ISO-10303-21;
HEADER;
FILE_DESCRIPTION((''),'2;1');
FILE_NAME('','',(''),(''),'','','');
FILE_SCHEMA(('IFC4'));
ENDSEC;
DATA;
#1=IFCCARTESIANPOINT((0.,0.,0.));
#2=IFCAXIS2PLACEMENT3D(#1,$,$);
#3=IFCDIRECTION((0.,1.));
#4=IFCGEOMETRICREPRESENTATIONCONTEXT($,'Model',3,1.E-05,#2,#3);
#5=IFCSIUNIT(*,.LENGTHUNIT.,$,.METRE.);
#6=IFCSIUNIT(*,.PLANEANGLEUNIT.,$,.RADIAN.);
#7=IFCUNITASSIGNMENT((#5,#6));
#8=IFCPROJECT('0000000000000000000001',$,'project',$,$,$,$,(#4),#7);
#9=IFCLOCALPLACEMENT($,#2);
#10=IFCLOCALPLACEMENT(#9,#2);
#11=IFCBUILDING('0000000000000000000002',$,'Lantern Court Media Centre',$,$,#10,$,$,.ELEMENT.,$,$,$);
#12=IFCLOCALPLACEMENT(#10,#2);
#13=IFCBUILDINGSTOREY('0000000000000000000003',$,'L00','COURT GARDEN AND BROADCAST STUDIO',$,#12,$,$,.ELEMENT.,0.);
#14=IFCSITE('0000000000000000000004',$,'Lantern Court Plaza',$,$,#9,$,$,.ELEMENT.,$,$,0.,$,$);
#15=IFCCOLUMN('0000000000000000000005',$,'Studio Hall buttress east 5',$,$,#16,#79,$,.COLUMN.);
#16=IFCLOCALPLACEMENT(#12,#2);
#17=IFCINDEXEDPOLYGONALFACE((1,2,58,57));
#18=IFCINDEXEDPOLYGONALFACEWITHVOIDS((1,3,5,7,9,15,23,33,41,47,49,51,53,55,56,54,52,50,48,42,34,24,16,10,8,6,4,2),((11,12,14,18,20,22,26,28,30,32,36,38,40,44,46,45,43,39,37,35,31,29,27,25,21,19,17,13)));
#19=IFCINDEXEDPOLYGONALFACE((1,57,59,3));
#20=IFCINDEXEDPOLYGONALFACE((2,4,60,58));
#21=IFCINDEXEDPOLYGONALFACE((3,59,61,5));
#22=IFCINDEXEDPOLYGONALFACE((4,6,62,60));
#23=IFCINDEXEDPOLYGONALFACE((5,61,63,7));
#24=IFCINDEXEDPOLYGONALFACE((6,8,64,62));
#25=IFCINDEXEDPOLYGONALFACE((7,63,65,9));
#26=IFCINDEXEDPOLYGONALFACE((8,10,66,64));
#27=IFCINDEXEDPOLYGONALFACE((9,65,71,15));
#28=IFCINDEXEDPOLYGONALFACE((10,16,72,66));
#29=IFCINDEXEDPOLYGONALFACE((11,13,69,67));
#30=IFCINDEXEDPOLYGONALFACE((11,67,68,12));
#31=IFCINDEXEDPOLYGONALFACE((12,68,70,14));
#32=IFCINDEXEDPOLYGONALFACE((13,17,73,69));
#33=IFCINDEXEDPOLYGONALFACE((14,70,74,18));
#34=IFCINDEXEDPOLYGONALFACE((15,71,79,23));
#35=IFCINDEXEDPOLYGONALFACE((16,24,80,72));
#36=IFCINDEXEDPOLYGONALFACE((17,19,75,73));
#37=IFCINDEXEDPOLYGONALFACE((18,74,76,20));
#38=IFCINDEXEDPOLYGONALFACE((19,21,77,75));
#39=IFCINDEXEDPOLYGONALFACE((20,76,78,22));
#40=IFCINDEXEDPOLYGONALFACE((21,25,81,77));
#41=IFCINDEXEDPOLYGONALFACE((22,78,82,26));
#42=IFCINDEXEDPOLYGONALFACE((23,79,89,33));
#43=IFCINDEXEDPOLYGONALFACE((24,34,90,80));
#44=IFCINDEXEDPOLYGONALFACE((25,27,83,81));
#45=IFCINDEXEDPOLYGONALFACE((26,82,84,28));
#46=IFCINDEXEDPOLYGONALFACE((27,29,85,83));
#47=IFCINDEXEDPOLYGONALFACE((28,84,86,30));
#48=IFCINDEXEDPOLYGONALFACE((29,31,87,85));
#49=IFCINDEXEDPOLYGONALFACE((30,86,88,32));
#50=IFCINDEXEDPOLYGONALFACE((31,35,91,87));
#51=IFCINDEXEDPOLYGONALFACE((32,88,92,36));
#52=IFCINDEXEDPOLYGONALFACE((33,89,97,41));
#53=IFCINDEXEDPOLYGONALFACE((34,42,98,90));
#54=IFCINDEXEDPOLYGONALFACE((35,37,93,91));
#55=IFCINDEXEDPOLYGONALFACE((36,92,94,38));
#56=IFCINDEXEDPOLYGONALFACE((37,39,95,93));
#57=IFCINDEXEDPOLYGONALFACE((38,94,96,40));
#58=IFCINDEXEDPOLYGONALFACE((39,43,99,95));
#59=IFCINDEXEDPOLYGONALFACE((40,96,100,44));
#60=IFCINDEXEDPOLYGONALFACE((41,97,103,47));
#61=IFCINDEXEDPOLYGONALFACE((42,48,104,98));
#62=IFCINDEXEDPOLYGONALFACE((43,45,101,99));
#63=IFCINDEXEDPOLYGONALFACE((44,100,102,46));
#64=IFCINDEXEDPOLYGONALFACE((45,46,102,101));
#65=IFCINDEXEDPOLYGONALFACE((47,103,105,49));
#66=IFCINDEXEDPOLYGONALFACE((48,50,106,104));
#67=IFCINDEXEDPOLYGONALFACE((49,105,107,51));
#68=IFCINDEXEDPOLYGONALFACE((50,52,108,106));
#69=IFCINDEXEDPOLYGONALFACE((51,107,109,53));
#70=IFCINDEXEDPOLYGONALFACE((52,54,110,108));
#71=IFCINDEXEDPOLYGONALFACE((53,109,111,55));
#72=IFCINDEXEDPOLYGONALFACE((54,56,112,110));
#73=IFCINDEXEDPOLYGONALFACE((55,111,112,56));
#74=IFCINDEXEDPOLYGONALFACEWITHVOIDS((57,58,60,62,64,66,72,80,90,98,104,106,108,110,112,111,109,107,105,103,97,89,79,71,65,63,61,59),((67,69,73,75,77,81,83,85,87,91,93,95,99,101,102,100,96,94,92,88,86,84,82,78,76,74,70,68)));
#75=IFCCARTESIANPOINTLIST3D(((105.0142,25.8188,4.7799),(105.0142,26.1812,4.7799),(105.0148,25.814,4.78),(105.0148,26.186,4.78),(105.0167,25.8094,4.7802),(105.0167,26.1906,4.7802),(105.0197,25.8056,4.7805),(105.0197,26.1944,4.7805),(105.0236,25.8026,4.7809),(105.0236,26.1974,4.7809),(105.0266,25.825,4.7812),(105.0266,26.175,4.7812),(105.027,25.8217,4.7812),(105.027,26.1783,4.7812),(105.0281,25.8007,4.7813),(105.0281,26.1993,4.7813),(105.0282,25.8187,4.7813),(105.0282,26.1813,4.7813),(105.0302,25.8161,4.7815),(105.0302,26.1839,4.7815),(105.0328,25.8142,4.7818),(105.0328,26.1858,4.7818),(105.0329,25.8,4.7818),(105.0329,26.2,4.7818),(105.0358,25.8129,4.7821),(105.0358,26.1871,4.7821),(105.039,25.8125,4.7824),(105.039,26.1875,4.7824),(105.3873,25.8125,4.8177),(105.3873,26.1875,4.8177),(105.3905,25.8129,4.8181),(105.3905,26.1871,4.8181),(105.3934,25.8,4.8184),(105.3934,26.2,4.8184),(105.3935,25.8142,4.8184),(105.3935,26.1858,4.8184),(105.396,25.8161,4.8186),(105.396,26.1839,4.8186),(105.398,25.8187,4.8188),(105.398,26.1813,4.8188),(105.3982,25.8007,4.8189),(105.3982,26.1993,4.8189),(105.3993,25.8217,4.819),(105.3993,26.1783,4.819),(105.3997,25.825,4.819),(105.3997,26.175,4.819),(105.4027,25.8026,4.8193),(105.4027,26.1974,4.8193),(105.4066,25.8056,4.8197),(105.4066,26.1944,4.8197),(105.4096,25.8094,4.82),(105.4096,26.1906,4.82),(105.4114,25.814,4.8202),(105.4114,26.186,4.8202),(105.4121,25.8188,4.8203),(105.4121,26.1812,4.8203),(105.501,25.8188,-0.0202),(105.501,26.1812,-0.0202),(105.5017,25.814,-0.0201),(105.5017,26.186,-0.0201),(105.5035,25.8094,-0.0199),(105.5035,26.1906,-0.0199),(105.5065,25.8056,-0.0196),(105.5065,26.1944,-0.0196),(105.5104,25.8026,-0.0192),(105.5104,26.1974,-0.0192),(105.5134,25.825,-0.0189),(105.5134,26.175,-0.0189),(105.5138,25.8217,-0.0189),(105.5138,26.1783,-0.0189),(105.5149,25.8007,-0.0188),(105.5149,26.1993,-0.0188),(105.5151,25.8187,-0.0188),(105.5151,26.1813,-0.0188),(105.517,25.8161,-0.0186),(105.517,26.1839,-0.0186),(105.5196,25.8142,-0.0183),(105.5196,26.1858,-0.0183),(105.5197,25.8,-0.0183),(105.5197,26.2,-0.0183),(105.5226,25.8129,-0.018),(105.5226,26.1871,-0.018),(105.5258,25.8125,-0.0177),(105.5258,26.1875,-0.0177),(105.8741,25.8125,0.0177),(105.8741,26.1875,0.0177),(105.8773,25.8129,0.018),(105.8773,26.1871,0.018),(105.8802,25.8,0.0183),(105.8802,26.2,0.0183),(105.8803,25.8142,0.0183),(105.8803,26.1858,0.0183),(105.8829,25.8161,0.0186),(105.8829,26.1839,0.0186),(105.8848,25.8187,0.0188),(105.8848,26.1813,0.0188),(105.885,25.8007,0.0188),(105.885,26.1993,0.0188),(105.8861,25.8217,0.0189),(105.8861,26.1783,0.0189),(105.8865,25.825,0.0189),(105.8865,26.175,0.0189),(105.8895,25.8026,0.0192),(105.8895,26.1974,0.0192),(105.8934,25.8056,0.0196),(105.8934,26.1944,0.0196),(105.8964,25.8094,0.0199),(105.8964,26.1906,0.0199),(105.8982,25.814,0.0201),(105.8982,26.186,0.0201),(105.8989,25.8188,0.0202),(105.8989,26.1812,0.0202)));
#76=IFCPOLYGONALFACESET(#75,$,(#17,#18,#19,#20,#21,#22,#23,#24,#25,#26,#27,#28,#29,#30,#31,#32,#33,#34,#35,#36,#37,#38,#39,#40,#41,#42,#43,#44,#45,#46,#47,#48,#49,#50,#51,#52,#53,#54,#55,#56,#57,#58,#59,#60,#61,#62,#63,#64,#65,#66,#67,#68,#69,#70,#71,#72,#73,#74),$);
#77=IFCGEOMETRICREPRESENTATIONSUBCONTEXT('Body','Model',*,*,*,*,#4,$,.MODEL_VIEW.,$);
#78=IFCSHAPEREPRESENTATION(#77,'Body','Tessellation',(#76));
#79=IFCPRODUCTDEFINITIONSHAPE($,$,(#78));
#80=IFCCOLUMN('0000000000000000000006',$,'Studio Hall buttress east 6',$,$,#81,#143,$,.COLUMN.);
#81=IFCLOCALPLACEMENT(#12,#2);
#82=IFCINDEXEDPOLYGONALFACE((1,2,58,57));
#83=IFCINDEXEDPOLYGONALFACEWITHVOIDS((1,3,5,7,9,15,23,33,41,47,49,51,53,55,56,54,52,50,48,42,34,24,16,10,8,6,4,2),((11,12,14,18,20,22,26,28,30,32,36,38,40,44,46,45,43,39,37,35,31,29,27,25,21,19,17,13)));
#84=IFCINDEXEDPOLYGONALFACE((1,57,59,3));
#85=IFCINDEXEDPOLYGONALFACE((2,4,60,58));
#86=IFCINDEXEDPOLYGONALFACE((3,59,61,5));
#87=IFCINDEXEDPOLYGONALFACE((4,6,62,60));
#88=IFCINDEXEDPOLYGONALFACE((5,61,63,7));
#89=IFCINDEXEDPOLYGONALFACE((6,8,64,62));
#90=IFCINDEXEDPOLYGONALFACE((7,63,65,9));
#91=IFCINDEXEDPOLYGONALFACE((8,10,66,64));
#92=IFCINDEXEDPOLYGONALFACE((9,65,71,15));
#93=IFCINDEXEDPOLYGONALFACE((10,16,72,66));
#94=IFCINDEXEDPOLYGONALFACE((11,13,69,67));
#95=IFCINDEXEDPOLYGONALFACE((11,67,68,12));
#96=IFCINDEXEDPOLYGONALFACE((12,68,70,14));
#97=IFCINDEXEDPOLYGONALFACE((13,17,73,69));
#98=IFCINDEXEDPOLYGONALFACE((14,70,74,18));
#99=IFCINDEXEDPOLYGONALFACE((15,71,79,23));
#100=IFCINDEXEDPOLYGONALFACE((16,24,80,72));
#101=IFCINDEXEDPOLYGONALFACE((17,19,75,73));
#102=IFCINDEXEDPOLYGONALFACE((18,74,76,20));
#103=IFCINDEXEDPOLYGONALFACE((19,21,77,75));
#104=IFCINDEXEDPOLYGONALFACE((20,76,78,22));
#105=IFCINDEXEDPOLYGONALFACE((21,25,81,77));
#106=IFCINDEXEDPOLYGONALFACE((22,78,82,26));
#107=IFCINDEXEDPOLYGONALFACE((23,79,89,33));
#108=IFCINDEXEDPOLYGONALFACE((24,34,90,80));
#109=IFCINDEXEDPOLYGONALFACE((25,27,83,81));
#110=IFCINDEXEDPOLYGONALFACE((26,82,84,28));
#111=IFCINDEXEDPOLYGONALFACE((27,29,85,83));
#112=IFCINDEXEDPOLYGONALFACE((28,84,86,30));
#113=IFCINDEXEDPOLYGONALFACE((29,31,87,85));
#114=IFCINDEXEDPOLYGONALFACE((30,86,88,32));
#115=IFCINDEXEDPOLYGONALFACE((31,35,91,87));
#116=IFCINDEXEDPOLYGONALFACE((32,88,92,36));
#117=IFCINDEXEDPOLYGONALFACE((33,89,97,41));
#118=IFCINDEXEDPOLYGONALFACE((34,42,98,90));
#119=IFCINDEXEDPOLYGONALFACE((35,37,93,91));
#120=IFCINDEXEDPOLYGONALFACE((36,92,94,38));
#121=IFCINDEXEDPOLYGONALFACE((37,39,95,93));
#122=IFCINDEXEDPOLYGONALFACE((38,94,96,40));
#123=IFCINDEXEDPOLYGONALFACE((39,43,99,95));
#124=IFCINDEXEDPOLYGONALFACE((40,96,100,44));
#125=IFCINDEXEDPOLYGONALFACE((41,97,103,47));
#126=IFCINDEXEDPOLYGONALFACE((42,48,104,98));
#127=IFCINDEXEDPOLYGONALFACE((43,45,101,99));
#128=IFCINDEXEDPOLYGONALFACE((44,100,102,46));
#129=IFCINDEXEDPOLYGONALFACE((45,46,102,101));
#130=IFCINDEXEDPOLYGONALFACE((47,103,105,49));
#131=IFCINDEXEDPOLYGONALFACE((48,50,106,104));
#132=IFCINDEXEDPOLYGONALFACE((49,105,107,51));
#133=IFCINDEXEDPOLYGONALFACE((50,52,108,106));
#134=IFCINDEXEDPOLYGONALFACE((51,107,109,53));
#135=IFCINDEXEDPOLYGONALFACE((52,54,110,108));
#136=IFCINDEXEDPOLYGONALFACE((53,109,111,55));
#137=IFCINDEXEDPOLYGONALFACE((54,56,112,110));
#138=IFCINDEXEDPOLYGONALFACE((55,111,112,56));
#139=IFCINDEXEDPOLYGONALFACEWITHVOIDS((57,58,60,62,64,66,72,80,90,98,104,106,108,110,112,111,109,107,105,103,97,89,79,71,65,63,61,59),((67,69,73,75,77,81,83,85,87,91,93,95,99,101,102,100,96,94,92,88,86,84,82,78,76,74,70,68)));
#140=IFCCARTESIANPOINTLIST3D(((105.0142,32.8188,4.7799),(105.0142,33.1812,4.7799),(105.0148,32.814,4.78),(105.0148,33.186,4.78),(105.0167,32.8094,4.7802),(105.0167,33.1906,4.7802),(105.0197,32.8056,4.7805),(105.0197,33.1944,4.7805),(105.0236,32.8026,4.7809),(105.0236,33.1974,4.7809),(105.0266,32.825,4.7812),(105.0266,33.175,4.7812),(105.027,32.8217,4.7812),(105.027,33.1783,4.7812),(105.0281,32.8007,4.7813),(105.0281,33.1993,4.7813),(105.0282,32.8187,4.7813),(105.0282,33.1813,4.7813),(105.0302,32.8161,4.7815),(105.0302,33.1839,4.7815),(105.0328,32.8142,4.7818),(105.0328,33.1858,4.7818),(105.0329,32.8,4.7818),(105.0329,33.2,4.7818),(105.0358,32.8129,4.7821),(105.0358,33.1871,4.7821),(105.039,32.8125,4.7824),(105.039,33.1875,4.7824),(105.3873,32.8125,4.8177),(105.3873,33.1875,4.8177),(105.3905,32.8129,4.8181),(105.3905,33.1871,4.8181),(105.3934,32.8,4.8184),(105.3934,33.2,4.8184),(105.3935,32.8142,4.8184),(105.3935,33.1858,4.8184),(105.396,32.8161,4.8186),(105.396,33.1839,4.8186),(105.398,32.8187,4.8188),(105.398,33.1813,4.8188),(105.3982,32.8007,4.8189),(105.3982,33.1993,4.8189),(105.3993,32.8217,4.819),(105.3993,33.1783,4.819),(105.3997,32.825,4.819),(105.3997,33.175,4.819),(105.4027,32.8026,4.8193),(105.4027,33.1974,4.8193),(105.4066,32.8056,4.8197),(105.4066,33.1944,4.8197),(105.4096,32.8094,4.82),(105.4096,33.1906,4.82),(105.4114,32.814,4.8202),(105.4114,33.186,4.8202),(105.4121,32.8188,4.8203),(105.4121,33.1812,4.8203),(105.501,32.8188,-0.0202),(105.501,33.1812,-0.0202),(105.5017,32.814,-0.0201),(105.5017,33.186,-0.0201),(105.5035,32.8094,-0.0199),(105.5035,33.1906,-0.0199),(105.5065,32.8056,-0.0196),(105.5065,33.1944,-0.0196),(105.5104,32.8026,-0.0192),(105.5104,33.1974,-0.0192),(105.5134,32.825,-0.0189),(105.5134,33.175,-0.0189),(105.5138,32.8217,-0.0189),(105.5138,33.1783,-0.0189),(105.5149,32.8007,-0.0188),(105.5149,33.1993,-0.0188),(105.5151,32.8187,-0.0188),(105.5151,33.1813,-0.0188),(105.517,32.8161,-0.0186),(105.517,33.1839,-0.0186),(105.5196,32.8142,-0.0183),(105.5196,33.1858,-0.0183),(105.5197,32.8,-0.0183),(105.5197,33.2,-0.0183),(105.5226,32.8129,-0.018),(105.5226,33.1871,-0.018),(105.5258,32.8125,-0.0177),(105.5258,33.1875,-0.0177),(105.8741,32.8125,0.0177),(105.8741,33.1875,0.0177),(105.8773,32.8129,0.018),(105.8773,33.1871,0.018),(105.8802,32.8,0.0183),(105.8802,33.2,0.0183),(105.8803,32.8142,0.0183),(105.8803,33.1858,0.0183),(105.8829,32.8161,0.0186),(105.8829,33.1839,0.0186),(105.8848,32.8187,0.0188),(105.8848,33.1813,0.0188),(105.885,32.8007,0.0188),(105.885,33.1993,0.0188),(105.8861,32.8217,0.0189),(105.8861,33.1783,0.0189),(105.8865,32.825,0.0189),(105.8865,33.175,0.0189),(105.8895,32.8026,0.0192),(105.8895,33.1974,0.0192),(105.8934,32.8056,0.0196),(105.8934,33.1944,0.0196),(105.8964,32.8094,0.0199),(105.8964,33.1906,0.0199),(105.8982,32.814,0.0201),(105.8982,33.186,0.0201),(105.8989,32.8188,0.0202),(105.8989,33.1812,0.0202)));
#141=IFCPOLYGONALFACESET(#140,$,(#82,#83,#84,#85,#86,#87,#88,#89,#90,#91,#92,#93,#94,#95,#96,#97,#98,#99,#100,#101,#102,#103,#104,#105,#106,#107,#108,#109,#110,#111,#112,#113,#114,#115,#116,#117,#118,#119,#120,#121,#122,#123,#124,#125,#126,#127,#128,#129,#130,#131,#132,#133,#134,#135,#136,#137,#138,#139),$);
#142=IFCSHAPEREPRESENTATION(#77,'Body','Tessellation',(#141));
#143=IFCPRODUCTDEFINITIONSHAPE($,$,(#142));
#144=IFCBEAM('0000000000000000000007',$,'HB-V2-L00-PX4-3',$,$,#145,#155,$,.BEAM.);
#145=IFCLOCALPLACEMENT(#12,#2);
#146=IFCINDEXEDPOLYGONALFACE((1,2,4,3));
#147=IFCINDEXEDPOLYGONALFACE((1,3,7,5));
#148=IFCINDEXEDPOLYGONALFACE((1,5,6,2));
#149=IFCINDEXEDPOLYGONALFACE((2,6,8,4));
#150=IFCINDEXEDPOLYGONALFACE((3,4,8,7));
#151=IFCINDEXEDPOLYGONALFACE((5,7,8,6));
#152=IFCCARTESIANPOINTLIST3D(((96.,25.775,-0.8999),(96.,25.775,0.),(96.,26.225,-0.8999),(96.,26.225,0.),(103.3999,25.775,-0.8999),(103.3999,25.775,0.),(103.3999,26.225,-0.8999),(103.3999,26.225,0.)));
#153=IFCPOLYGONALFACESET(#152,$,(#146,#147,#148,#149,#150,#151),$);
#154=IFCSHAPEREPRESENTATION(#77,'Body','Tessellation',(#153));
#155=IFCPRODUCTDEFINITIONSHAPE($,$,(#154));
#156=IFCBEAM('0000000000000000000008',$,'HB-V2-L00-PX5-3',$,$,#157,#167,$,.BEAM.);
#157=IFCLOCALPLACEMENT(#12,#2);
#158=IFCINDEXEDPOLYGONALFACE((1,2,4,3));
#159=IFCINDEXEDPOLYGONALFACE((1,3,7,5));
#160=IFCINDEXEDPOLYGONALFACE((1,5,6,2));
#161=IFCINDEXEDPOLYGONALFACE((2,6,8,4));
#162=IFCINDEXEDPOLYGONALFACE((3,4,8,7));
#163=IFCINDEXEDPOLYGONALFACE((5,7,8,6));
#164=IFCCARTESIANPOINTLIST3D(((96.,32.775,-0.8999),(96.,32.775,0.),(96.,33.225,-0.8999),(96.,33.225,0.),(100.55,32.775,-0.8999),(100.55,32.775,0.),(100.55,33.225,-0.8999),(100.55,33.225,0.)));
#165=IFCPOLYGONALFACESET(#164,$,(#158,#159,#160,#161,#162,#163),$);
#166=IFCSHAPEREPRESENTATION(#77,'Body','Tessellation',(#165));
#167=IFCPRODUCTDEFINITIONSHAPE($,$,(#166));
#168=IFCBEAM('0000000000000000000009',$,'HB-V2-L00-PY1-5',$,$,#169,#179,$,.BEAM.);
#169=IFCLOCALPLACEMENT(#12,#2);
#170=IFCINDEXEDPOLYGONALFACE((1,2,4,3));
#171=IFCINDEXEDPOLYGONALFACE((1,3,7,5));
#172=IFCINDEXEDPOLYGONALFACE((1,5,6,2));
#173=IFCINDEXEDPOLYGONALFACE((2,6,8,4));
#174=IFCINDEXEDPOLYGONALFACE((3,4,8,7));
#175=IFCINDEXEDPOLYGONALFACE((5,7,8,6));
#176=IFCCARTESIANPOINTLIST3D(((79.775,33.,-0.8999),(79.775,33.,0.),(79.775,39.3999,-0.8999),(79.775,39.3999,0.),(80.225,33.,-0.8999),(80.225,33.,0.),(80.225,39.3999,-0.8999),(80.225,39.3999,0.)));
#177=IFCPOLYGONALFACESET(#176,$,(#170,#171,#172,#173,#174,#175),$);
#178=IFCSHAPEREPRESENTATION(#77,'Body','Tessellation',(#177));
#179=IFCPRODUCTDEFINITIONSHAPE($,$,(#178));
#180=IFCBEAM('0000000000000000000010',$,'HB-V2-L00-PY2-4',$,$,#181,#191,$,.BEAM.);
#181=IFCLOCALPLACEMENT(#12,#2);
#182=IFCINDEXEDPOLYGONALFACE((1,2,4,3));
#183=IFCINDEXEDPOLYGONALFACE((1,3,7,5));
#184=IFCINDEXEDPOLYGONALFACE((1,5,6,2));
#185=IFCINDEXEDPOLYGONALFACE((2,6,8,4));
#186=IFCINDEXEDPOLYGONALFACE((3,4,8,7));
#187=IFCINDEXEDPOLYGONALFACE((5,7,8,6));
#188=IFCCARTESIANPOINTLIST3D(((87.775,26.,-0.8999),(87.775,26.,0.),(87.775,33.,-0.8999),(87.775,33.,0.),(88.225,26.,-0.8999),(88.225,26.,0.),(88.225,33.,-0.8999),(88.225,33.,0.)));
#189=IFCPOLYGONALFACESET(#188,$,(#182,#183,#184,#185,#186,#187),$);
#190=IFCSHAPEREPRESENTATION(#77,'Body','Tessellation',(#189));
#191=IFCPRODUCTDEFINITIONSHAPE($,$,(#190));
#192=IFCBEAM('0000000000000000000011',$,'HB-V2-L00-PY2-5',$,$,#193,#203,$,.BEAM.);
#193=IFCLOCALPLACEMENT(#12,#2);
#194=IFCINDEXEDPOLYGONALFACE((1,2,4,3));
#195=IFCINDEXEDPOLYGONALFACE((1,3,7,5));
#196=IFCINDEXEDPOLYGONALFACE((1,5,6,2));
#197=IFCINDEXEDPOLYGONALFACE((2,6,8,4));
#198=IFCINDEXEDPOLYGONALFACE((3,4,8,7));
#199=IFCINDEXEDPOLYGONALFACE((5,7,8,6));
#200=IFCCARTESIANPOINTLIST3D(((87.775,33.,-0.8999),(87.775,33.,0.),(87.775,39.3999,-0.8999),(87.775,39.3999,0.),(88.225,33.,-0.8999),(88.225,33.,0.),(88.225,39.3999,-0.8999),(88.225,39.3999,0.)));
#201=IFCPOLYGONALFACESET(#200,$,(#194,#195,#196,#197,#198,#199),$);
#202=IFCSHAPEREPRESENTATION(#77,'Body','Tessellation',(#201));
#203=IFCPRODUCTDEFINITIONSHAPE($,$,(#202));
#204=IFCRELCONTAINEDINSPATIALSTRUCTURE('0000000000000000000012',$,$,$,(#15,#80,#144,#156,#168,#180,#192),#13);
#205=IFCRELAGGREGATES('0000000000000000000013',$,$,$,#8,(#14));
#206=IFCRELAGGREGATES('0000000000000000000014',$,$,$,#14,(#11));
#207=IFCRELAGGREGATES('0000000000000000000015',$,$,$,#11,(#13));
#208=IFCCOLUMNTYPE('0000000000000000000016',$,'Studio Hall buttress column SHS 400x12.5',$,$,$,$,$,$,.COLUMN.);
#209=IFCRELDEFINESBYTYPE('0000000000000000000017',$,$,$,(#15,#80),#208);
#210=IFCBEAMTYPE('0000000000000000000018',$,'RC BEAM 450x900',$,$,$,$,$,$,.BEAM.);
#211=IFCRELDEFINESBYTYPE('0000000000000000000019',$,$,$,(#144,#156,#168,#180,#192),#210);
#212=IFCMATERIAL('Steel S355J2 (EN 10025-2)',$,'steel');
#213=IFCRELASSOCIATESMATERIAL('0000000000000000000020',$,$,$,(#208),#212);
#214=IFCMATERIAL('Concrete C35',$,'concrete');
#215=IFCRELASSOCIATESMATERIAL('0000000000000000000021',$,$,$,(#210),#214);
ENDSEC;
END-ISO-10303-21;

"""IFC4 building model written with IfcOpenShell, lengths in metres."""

from ifc_helpers import new_model, si_unit, direction, frame, origin, origin_2d, place, context, subcontext, project, spatial, rectangle, hollow_rectangle, extrude, material, material_profile, profile_set, type_object, element, save


model = new_model("IFC4")

# Units and contexts
model_context = context("Model", 3, precision=1e-05, world=origin(), true_north=direction((0.0, 1.0)))
body_context = subcontext(model_context, "Body", "Model", "MODEL_VIEW")
ifc_project = project(units=[si_unit("LENGTHUNIT", "METRE"), si_unit("PLANEANGLEUNIT", "RADIAN")], contexts=[model_context])

# Site, building, storey
site_placement = place(None, origin())
site = spatial("IfcSite", under=ifc_project, at=site_placement, Name="Lantern Court Plaza", CompositionType="ELEMENT", RefElevation=0.0)
building_placement = place(site_placement, origin())
building = spatial("IfcBuilding", under=site, at=building_placement, Name="Lantern Court Media Centre", CompositionType="ELEMENT")
storey_placement = place(building_placement, origin())
storey = spatial("IfcBuildingStorey", under=building, at=storey_placement, Name="L00", Description="COURT GARDEN AND BROADCAST STUDIO", CompositionType="ELEMENT", Elevation=0.0)

# Columns
ifc_material_1 = material(Name="Concrete C35", Category="concrete")
ifc_material_2 = material(Name="Steel S355J2 (EN 10025-2)", Category="steel")
ifc_material_profile_1 = material_profile(ifc_material_2, hollow_rectangle(XDim=0.3999, YDim=0.3999, WallThickness=0.0125, InnerFilletRadius=0.0125, OuterFilletRadius=0.0188, at=origin_2d()), Name="Studio Hall buttress column SHS 400x12.5")
ifc_profile_set_1 = profile_set([ifc_material_profile_1], Name="Steel S355J2 (EN 10025-2)")
column_type_1 = type_object("IfcColumnType", Name="Studio Hall buttress column SHS 400x12.5", PredefinedType="COLUMN", material=ifc_profile_set_1)
for number, where, z_axis, x_axis, name in (
    (1, (105.7, 26.0, 0.0), (-0.100901, 0.0, 0.994896), (0.0, -1.0, 0.0), "Studio Hall buttress east 5"),
    (2, (105.7, 33.0, 0.0), (-0.100901, 0.0, 0.994896), (0.0, -1.0, 0.0), "Studio Hall buttress east 6"),
):
    element("IfcColumn", number, at=place(storey_placement, frame(where, z_axis=z_axis, x_axis=x_axis)), inside=storey, type_object=column_type_1, Name=name, PredefinedType="COLUMN", context=body_context, shape_type="SweptSolid", body=[
        extrude(hollow_rectangle(XDim=0.3999, YDim=0.3999, WallThickness=0.0125, InnerFilletRadius=0.0125, OuterFilletRadius=0.0188, at=origin_2d()), origin(), (0.0, 0.0, 1.0), 4.8247),
    ])

# Beams
ifc_material_profile_2 = material_profile(ifc_material_1, rectangle(XDim=0.45, YDim=0.8999, at=origin_2d()), Name="RC 450x900")
ifc_profile_set_2 = profile_set([ifc_material_profile_2], Name="Concrete C35")
beam_type_1 = type_object("IfcBeamType", Name="RC BEAM 450x900", PredefinedType="BEAM", material=ifc_profile_set_2)
beam_1_placement = place(storey_placement, frame((96.0, 26.0, -0.45), z_axis=(1.0, 0.0, 0.0), x_axis=(0.0, 1.0, 0.0)))
element("IfcBeam", 3, at=beam_1_placement, inside=storey, type_object=beam_type_1, Name="HB-V2-L00-PX4-3", PredefinedType="BEAM", context=body_context, shape_type="SweptSolid", body=[
    extrude(rectangle(XDim=0.45, YDim=0.8999, at=origin_2d()), origin(), (0.0, 0.0, 1.0), 7.3999),
])
beam_2_placement = place(storey_placement, frame((96.0, 33.0, -0.45), z_axis=(1.0, 0.0, 0.0), x_axis=(0.0, 1.0, 0.0)))
element("IfcBeam", 4, at=beam_2_placement, inside=storey, type_object=beam_type_1, Name="HB-V2-L00-PX5-3", PredefinedType="BEAM", context=body_context, shape_type="SweptSolid", body=[
    extrude(rectangle(XDim=0.45, YDim=0.8999, at=origin_2d()), origin(), (0.0, 0.0, 1.0), 4.55),
])
beam_3_placement = place(storey_placement, frame((80.0, 33.0, -0.45), z_axis=(0.0, 1.0, 0.0), x_axis=(-1.0, 0.0, 0.0)))
element("IfcBeam", 5, at=beam_3_placement, inside=storey, type_object=beam_type_1, Name="HB-V2-L00-PY1-5", PredefinedType="BEAM", context=body_context, shape_type="SweptSolid", body=[
    extrude(rectangle(XDim=0.45, YDim=0.8999, at=origin_2d()), origin(), (0.0, 0.0, 1.0), 6.3999),
])
beam_4_placement = place(storey_placement, frame((88.0, 26.0, -0.45), z_axis=(0.0, 1.0, 0.0), x_axis=(-1.0, 0.0, 0.0)))
element("IfcBeam", 6, at=beam_4_placement, inside=storey, type_object=beam_type_1, Name="HB-V2-L00-PY2-4", PredefinedType="BEAM", context=body_context, shape_type="SweptSolid", body=[
    extrude(rectangle(XDim=0.45, YDim=0.8999, at=origin_2d()), origin(), (0.0, 0.0, 1.0), 7.0),
])
beam_5_placement = place(storey_placement, frame((88.0, 33.0, -0.45), z_axis=(0.0, 1.0, 0.0), x_axis=(-1.0, 0.0, 0.0)))
element("IfcBeam", 7, at=beam_5_placement, inside=storey, type_object=beam_type_1, Name="HB-V2-L00-PY2-5", PredefinedType="BEAM", context=body_context, shape_type="SweptSolid", body=[
    extrude(rectangle(XDim=0.45, YDim=0.8999, at=origin_2d()), origin(), (0.0, 0.0, 1.0), 6.3999),
])

save(model, "model.ifc")
